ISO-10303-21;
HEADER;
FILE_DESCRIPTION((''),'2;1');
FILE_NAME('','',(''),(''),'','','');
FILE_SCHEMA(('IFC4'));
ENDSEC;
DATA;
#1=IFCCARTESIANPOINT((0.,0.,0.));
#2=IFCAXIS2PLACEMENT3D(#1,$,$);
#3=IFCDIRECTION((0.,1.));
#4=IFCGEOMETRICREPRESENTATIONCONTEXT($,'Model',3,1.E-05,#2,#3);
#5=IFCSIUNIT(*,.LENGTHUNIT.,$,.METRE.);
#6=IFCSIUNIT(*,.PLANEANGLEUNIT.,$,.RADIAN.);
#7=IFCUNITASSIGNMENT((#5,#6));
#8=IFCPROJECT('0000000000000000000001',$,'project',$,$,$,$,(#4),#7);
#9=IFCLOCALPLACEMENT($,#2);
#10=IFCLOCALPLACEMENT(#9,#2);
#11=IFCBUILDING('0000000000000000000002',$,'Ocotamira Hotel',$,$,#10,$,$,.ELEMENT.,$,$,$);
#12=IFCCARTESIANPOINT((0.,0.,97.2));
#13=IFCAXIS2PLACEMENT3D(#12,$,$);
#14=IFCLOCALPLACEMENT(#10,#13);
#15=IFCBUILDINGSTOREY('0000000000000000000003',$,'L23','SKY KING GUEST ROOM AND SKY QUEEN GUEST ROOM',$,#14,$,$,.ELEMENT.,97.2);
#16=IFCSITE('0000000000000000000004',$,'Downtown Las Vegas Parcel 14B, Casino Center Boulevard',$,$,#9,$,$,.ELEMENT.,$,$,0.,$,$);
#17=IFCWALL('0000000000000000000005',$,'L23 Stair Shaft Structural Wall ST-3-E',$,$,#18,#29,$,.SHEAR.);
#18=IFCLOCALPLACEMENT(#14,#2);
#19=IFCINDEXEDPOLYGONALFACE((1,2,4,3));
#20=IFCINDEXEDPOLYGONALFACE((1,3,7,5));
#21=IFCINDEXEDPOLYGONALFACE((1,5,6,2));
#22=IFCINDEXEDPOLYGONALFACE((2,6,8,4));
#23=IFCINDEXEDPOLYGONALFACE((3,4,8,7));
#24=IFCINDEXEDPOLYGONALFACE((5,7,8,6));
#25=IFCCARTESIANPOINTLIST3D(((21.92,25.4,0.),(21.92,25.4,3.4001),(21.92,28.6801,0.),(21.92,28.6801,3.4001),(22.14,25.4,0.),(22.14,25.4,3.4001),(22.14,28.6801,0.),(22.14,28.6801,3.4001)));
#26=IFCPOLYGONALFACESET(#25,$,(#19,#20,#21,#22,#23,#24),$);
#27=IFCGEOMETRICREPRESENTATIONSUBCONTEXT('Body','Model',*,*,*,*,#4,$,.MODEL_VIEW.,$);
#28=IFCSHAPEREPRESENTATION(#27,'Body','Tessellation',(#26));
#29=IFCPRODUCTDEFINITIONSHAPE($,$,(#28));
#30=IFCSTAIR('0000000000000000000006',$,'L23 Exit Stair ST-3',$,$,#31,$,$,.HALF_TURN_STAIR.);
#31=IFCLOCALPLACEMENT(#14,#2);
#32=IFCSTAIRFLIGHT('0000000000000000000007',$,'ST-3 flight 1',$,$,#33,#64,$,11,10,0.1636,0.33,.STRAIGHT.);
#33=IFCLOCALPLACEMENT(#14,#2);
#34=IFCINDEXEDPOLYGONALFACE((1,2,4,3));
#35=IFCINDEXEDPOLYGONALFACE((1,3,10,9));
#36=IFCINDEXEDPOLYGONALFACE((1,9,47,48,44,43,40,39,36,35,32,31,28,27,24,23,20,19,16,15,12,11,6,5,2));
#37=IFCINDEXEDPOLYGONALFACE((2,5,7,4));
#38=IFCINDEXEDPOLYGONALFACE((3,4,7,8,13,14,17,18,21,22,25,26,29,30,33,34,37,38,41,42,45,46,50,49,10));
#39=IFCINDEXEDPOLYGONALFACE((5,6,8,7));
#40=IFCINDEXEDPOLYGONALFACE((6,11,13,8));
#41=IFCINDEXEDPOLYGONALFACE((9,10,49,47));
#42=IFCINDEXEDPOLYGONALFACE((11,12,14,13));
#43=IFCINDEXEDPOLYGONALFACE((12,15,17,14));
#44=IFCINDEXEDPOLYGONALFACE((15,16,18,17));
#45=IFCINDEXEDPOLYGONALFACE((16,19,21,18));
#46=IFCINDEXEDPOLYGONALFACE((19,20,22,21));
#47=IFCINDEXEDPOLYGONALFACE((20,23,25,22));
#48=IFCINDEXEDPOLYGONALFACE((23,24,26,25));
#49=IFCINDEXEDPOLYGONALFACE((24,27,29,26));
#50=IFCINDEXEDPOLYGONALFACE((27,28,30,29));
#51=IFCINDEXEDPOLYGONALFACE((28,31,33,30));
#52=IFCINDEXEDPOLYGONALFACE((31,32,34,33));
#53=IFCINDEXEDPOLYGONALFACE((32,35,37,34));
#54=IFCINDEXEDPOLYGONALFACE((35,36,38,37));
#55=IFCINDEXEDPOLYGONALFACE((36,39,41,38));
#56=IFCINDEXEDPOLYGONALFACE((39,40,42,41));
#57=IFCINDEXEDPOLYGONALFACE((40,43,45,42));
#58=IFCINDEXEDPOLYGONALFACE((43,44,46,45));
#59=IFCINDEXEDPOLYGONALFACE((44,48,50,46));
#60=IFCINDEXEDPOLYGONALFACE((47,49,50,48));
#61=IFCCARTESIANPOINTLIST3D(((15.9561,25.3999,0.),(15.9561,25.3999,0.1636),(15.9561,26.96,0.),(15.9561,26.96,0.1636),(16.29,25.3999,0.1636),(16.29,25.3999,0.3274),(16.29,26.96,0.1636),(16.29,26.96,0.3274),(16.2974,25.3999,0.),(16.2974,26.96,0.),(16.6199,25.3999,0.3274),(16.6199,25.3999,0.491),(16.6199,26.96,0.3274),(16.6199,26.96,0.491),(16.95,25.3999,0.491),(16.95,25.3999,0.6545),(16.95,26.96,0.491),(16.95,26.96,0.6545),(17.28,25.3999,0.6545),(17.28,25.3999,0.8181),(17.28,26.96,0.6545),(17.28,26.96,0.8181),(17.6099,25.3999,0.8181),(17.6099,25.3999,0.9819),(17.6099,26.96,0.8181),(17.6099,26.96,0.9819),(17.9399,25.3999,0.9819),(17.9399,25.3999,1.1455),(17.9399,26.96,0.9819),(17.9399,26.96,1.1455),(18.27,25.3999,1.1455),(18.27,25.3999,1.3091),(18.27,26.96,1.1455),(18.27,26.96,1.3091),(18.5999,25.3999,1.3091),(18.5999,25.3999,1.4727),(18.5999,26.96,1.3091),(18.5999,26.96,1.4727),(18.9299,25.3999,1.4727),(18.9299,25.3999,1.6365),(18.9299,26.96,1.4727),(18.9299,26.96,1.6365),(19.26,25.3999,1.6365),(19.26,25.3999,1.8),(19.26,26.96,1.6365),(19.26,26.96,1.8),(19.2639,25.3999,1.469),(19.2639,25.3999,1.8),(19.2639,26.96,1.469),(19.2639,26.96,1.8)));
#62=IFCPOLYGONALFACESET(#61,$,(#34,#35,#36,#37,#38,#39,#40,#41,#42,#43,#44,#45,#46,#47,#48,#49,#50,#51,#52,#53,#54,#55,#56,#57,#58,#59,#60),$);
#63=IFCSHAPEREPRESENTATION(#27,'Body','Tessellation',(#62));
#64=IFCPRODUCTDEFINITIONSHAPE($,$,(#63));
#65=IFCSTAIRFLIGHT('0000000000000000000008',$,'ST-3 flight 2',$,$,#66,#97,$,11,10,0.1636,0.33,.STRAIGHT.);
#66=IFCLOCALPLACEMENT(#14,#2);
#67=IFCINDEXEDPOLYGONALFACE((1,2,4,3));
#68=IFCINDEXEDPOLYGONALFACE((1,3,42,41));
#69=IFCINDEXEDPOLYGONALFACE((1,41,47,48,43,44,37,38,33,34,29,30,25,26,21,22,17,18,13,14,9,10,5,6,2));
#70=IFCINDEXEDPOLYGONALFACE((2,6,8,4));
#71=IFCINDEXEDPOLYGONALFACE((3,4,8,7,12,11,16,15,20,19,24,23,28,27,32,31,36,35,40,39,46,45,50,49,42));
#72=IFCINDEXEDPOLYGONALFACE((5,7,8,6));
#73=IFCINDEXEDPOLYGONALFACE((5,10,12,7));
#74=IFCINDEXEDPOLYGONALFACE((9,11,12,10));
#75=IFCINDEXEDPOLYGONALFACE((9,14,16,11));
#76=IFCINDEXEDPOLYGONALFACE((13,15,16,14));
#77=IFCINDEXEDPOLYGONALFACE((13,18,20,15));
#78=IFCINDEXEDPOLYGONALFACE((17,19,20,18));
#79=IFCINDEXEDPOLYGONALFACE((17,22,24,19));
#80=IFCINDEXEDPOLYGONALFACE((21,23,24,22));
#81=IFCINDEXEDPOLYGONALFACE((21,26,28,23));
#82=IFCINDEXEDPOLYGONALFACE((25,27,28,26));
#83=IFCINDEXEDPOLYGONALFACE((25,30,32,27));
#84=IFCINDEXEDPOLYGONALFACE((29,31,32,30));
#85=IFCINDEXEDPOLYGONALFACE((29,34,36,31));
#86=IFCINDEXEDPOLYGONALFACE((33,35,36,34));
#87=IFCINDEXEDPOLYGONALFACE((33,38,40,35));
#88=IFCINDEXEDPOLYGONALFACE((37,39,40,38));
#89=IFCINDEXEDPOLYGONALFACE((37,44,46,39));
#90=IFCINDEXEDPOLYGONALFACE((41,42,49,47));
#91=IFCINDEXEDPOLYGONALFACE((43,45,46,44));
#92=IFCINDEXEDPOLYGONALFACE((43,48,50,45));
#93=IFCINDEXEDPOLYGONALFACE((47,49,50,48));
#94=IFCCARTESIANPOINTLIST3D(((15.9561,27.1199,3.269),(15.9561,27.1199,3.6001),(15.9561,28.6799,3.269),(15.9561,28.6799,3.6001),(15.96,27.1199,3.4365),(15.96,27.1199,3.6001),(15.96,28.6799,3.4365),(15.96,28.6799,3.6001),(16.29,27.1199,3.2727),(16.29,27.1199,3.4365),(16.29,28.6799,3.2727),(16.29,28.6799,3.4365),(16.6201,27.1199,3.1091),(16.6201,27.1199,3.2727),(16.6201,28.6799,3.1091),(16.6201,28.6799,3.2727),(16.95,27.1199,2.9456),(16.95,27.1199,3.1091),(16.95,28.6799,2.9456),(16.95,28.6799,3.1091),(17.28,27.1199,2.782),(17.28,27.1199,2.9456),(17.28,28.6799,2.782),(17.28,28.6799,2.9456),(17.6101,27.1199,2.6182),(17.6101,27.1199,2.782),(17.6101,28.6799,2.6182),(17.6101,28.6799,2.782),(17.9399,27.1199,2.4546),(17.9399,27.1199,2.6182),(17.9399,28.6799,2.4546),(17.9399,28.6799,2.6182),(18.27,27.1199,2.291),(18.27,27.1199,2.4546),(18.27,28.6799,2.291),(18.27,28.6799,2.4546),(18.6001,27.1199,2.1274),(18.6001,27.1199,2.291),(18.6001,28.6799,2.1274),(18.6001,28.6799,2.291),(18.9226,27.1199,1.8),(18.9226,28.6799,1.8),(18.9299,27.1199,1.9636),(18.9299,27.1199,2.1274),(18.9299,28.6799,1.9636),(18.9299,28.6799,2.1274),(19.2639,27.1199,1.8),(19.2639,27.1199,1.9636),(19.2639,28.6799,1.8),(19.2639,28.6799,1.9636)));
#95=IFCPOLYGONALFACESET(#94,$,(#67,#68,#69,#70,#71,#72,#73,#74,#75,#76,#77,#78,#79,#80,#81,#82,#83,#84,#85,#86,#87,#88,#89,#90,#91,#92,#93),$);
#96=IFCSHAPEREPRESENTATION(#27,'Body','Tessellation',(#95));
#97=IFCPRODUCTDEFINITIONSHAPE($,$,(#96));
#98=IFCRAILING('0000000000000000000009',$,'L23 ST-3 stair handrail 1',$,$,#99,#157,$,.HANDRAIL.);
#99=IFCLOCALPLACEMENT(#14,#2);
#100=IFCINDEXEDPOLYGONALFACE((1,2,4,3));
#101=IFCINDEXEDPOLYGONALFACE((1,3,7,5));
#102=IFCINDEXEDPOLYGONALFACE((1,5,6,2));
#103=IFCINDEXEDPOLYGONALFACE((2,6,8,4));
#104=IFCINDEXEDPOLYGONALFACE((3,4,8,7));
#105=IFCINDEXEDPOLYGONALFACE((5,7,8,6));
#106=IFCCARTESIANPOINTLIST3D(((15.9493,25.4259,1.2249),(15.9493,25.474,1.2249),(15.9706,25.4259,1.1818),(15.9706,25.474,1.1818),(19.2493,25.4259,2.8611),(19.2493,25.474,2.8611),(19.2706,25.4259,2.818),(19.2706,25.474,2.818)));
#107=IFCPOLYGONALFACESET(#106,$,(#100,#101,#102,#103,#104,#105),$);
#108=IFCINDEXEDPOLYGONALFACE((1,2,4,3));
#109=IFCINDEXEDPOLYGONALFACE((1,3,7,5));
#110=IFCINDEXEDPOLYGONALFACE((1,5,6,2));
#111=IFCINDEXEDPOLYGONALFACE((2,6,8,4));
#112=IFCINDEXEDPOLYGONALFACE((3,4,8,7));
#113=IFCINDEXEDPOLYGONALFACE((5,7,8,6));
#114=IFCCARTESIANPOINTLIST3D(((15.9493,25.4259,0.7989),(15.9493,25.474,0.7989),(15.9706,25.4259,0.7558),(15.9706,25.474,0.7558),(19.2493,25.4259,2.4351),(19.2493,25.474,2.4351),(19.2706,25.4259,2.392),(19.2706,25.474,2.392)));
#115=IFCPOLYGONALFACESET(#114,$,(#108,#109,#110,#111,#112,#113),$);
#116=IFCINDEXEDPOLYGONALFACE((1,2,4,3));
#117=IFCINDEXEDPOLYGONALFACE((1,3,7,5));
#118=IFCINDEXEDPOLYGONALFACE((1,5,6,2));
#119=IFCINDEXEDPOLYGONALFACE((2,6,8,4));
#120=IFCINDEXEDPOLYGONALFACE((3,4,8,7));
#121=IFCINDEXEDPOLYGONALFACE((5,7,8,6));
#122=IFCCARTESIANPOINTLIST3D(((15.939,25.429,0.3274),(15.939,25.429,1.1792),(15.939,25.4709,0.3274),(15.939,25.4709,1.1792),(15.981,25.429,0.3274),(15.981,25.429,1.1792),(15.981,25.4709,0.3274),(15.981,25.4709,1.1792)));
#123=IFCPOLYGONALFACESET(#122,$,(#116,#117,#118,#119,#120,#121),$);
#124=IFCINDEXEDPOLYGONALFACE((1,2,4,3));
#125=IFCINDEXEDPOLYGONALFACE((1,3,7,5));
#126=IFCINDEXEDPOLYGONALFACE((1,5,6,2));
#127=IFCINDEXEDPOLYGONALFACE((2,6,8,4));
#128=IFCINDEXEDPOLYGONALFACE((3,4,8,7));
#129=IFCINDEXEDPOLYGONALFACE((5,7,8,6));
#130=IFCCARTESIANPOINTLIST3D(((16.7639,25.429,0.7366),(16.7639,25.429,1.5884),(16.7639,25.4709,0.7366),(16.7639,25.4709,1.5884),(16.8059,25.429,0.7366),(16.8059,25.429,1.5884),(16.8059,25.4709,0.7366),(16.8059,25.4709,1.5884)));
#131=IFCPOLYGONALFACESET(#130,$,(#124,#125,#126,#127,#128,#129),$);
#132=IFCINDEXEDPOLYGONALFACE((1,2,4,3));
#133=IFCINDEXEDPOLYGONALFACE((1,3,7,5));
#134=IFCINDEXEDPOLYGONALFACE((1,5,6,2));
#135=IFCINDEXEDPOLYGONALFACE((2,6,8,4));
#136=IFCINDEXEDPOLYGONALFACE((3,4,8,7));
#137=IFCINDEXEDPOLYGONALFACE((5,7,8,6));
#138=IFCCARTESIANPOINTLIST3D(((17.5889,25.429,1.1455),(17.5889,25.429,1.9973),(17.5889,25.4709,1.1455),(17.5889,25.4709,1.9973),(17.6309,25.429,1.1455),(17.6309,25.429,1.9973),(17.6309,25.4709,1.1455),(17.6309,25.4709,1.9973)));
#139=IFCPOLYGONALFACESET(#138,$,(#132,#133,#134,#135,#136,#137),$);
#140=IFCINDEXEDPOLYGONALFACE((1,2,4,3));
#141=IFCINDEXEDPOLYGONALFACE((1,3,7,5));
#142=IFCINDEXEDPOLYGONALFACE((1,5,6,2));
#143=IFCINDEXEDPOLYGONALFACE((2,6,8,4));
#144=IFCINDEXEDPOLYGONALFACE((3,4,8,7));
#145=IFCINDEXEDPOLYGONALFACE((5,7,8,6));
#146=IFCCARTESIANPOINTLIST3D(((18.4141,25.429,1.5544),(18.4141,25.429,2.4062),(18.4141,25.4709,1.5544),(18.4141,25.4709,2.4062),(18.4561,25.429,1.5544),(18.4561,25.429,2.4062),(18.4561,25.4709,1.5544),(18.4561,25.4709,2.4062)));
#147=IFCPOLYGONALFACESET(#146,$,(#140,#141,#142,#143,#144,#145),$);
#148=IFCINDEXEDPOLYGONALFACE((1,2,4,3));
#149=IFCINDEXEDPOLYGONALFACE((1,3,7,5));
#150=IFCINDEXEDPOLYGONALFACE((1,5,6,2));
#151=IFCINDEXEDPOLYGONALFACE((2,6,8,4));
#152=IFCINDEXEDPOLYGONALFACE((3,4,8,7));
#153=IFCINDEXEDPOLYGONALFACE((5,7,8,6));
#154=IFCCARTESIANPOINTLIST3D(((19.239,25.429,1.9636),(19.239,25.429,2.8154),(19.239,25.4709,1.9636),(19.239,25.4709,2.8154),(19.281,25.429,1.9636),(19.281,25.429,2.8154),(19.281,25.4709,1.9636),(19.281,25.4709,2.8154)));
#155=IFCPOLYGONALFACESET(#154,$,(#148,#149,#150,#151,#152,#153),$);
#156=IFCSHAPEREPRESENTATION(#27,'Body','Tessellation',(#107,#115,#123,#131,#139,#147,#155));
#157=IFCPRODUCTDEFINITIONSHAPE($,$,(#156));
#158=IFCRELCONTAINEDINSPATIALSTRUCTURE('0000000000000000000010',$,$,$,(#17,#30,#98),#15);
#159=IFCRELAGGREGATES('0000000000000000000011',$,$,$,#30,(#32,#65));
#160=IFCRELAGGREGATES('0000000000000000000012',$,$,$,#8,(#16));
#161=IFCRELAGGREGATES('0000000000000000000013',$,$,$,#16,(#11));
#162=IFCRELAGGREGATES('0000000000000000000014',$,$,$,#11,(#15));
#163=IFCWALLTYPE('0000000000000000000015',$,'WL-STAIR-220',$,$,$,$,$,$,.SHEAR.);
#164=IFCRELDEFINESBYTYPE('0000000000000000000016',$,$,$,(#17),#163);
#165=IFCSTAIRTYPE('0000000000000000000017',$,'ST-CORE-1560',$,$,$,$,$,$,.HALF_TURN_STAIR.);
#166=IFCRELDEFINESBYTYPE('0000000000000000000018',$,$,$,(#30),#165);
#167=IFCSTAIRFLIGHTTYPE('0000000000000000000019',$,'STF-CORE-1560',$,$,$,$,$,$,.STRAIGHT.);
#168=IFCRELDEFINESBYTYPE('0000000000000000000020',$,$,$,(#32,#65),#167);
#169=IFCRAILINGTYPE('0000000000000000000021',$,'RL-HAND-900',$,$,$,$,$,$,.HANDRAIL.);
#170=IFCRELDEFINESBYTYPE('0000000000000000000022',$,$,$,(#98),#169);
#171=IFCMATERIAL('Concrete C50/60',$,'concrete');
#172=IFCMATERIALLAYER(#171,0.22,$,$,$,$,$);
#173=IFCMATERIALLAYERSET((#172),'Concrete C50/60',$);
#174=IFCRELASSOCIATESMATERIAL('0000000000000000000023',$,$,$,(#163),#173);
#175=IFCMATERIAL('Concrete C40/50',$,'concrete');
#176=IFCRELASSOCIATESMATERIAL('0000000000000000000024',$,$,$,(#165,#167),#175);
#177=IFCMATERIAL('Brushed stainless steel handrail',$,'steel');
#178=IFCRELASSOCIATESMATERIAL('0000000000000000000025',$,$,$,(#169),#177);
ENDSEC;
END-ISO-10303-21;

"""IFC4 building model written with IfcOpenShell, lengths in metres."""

from ifc_helpers import new_model, si_unit, direction, frame, frame_2d, origin, origin_2d, place, context, subcontext, project, spatial, polyline, rectangle, outline, extrude, source, transform, mapped, material, layer, layer_set, type_object, element, aggregate, save


model = new_model("IFC4")

# Units and contexts
model_context = context("Model", 3, precision=1e-05, world=origin(), true_north=direction((0.0, 1.0)))
body_context = subcontext(model_context, "Body", "Model", "MODEL_VIEW")
ifc_project = project(units=[si_unit("LENGTHUNIT", "METRE"), si_unit("PLANEANGLEUNIT", "RADIAN")], contexts=[model_context])

# Site, building, storey
site_placement = place(None, origin())
site = spatial("IfcSite", under=ifc_project, at=site_placement, Name="Downtown Las Vegas Parcel 14B, Casino Center Boulevard", CompositionType="ELEMENT", RefElevation=0.0)
building_placement = place(site_placement, origin())
building = spatial("IfcBuilding", under=site, at=building_placement, Name="Ocotamira Hotel", CompositionType="ELEMENT")
storey_placement = place(building_placement, frame((0.0, 0.0, 97.2)))
storey = spatial("IfcBuildingStorey", under=building, at=storey_placement, Name="L23", Description="SKY KING GUEST ROOM AND SKY QUEEN GUEST ROOM", CompositionType="ELEMENT", Elevation=97.2)

# Shared definitions
ifc_material_1 = material(Name="Concrete C50/60", Category="concrete")
ifc_layer_1 = layer(ifc_material_1, 0.22)
ifc_layer_set_1 = layer_set([ifc_layer_1], Name="Concrete C50/60")
wall_type_1 = type_object("IfcWallType", Name="WL-STAIR-220", PredefinedType="SHEAR", material=ifc_layer_set_1)

# Wall
for number, where, z_axis, x_axis, name in (
    (1, (22.03, 25.3999, 0.0), (0.0, 0.0, 1.0), (0.0, 1.0, 0.0), "L23 Stair Shaft Structural Wall ST-3-E"),
):
    element("IfcWall", number, at=place(storey_placement, frame(where, z_axis=z_axis, x_axis=x_axis)), inside=storey, type_object=wall_type_1, Name=name, PredefinedType="SHEAR", context=body_context, shape_type="SweptSolid", body=[
        extrude(rectangle(XDim=3.28, YDim=0.22, at=frame_2d((1.6401, 0.0))), origin(), (0.0, 0.0, 1.0), 3.4001),
    ])

# Stair, stair flights
ifc_material_2 = material(Name="Concrete C40/50", Category="concrete")
stair_type = type_object("IfcStairType", Name="ST-CORE-1560", PredefinedType="HALF_TURN_STAIR", material=ifc_material_2)
stair_placement = place(storey_placement, origin())
stair = element("IfcStair", 2, at=stair_placement, inside=storey, type_object=stair_type, Name="L23 Exit Stair ST-3", PredefinedType="HALF_TURN_STAIR")
stair_flight_type = type_object("IfcStairFlightType", Name="STF-CORE-1560", PredefinedType="STRAIGHT", material=ifc_material_2)
shared_shape_1 = source(origin(), body_context, "Body", "SweptSolid", [
    extrude(outline(polyline([(-0.0039, 0.0), (-0.0039, 0.1636), (0.3301, 0.1636), (0.3301, 0.3274), (0.6599, 0.3274), (0.6599, 0.491), (0.99, 0.491), (0.99, 0.6545), (1.3201, 0.6545), (1.3201, 0.8181), (1.6499, 0.8181), (1.6499, 0.9819), (1.98, 0.9819), (1.98, 1.1455), (2.3101, 1.1455), (2.3101, 1.3091), (2.6399, 1.3091), (2.6399, 1.4727), (2.97, 1.4727), (2.97, 1.6365), (3.3, 1.6365), (3.3, 1.8), (3.304, 1.8), (3.304, 1.469), (0.3374, 0.0), (-0.0039, 0.0)])), frame((0.0, 0.78, 0.0), z_axis=(0.0, -1.0, 0.0), x_axis=(1.0, 0.0, 0.0)), (0.0, 0.0, 1.0), 1.5601),
])
stair_flight_1_placement = place(storey_placement, frame((15.96, 26.1799, 0.0), z_axis=(0.0, 0.0, 1.0), x_axis=(1.0, 0.0, 0.0)))
stair_flight_1 = element("IfcStairFlight", 3, at=stair_flight_1_placement, type_object=stair_flight_type, Name="ST-3 flight 1", NumberOfRisers=11, NumberOfTreads=10, PredefinedType="STRAIGHT", RiserHeight=0.1636, TreadLength=0.33, context=body_context, shape_type="MappedRepresentation", body=[
    mapped(shared_shape_1, transform((0.0, 0.0, 0.0), scale=1.0)),
])
stair_flight_2_placement = place(storey_placement, frame((19.26, 27.8999, 1.8), z_axis=(0.0, 0.0, 1.0), x_axis=(-1.0, 0.0, 0.0)))
stair_flight_2 = element("IfcStairFlight", 4, at=stair_flight_2_placement, type_object=stair_flight_type, Name="ST-3 flight 2", NumberOfRisers=11, NumberOfTreads=10, PredefinedType="STRAIGHT", RiserHeight=0.1636, TreadLength=0.33, context=body_context, shape_type="MappedRepresentation", body=[
    mapped(shared_shape_1, transform((0.0, 0.0, 0.0), scale=1.0)),
])
aggregate(stair, [stair_flight_1, stair_flight_2])

# Railing
ifc_material_3 = material(Name="Brushed stainless steel handrail", Category="steel")
railing_type_1 = type_object("IfcRailingType", Name="RL-HAND-900", PredefinedType="HANDRAIL", material=ifc_material_3)
railing_1_placement = place(storey_placement, frame((15.96, 25.45, 0.3274)))
element("IfcRailing", 5, at=railing_1_placement, inside=storey, type_object=railing_type_1, Name="L23 ST-3 stair handrail 1", PredefinedType="HANDRAIL", context=body_context, shape_type="SweptSolid", body=[
    extrude(rectangle(XDim=0.0481, YDim=0.0481, at=origin_2d()), frame((0.0, 0.0, 0.876), z_axis=(0.89592, 0.0, 0.444215), x_axis=(0.0, 1.0, 0.0)), (0.0, 0.0, 1.0), 3.6833),
    extrude(rectangle(XDim=0.0481, YDim=0.0481, at=origin_2d()), frame((0.0, 0.0, 0.45), z_axis=(0.89592, 0.0, 0.444215), x_axis=(0.0, 1.0, 0.0)), (0.0, 0.0, 1.0), 3.6833),
    extrude(rectangle(XDim=0.042, YDim=0.042, at=origin_2d()), origin(), (0.0, 0.0, 1.0), 0.8518),
    extrude(rectangle(XDim=0.042, YDim=0.042, at=origin_2d()), frame((0.825, 0.0, 0.4092)), (0.0, 0.0, 1.0), 0.8518),
    extrude(rectangle(XDim=0.042, YDim=0.042, at=origin_2d()), frame((1.6499, 0.0, 0.8181)), (0.0, 0.0, 1.0), 0.8518),
    extrude(rectangle(XDim=0.042, YDim=0.042, at=origin_2d()), frame((2.4751, 0.0, 1.2271)), (0.0, 0.0, 1.0), 0.8518),
    extrude(rectangle(XDim=0.042, YDim=0.042, at=origin_2d()), frame((3.3, 0.0, 1.6362)), (0.0, 0.0, 1.0), 0.8518),
])

save(model, "model.ifc")
